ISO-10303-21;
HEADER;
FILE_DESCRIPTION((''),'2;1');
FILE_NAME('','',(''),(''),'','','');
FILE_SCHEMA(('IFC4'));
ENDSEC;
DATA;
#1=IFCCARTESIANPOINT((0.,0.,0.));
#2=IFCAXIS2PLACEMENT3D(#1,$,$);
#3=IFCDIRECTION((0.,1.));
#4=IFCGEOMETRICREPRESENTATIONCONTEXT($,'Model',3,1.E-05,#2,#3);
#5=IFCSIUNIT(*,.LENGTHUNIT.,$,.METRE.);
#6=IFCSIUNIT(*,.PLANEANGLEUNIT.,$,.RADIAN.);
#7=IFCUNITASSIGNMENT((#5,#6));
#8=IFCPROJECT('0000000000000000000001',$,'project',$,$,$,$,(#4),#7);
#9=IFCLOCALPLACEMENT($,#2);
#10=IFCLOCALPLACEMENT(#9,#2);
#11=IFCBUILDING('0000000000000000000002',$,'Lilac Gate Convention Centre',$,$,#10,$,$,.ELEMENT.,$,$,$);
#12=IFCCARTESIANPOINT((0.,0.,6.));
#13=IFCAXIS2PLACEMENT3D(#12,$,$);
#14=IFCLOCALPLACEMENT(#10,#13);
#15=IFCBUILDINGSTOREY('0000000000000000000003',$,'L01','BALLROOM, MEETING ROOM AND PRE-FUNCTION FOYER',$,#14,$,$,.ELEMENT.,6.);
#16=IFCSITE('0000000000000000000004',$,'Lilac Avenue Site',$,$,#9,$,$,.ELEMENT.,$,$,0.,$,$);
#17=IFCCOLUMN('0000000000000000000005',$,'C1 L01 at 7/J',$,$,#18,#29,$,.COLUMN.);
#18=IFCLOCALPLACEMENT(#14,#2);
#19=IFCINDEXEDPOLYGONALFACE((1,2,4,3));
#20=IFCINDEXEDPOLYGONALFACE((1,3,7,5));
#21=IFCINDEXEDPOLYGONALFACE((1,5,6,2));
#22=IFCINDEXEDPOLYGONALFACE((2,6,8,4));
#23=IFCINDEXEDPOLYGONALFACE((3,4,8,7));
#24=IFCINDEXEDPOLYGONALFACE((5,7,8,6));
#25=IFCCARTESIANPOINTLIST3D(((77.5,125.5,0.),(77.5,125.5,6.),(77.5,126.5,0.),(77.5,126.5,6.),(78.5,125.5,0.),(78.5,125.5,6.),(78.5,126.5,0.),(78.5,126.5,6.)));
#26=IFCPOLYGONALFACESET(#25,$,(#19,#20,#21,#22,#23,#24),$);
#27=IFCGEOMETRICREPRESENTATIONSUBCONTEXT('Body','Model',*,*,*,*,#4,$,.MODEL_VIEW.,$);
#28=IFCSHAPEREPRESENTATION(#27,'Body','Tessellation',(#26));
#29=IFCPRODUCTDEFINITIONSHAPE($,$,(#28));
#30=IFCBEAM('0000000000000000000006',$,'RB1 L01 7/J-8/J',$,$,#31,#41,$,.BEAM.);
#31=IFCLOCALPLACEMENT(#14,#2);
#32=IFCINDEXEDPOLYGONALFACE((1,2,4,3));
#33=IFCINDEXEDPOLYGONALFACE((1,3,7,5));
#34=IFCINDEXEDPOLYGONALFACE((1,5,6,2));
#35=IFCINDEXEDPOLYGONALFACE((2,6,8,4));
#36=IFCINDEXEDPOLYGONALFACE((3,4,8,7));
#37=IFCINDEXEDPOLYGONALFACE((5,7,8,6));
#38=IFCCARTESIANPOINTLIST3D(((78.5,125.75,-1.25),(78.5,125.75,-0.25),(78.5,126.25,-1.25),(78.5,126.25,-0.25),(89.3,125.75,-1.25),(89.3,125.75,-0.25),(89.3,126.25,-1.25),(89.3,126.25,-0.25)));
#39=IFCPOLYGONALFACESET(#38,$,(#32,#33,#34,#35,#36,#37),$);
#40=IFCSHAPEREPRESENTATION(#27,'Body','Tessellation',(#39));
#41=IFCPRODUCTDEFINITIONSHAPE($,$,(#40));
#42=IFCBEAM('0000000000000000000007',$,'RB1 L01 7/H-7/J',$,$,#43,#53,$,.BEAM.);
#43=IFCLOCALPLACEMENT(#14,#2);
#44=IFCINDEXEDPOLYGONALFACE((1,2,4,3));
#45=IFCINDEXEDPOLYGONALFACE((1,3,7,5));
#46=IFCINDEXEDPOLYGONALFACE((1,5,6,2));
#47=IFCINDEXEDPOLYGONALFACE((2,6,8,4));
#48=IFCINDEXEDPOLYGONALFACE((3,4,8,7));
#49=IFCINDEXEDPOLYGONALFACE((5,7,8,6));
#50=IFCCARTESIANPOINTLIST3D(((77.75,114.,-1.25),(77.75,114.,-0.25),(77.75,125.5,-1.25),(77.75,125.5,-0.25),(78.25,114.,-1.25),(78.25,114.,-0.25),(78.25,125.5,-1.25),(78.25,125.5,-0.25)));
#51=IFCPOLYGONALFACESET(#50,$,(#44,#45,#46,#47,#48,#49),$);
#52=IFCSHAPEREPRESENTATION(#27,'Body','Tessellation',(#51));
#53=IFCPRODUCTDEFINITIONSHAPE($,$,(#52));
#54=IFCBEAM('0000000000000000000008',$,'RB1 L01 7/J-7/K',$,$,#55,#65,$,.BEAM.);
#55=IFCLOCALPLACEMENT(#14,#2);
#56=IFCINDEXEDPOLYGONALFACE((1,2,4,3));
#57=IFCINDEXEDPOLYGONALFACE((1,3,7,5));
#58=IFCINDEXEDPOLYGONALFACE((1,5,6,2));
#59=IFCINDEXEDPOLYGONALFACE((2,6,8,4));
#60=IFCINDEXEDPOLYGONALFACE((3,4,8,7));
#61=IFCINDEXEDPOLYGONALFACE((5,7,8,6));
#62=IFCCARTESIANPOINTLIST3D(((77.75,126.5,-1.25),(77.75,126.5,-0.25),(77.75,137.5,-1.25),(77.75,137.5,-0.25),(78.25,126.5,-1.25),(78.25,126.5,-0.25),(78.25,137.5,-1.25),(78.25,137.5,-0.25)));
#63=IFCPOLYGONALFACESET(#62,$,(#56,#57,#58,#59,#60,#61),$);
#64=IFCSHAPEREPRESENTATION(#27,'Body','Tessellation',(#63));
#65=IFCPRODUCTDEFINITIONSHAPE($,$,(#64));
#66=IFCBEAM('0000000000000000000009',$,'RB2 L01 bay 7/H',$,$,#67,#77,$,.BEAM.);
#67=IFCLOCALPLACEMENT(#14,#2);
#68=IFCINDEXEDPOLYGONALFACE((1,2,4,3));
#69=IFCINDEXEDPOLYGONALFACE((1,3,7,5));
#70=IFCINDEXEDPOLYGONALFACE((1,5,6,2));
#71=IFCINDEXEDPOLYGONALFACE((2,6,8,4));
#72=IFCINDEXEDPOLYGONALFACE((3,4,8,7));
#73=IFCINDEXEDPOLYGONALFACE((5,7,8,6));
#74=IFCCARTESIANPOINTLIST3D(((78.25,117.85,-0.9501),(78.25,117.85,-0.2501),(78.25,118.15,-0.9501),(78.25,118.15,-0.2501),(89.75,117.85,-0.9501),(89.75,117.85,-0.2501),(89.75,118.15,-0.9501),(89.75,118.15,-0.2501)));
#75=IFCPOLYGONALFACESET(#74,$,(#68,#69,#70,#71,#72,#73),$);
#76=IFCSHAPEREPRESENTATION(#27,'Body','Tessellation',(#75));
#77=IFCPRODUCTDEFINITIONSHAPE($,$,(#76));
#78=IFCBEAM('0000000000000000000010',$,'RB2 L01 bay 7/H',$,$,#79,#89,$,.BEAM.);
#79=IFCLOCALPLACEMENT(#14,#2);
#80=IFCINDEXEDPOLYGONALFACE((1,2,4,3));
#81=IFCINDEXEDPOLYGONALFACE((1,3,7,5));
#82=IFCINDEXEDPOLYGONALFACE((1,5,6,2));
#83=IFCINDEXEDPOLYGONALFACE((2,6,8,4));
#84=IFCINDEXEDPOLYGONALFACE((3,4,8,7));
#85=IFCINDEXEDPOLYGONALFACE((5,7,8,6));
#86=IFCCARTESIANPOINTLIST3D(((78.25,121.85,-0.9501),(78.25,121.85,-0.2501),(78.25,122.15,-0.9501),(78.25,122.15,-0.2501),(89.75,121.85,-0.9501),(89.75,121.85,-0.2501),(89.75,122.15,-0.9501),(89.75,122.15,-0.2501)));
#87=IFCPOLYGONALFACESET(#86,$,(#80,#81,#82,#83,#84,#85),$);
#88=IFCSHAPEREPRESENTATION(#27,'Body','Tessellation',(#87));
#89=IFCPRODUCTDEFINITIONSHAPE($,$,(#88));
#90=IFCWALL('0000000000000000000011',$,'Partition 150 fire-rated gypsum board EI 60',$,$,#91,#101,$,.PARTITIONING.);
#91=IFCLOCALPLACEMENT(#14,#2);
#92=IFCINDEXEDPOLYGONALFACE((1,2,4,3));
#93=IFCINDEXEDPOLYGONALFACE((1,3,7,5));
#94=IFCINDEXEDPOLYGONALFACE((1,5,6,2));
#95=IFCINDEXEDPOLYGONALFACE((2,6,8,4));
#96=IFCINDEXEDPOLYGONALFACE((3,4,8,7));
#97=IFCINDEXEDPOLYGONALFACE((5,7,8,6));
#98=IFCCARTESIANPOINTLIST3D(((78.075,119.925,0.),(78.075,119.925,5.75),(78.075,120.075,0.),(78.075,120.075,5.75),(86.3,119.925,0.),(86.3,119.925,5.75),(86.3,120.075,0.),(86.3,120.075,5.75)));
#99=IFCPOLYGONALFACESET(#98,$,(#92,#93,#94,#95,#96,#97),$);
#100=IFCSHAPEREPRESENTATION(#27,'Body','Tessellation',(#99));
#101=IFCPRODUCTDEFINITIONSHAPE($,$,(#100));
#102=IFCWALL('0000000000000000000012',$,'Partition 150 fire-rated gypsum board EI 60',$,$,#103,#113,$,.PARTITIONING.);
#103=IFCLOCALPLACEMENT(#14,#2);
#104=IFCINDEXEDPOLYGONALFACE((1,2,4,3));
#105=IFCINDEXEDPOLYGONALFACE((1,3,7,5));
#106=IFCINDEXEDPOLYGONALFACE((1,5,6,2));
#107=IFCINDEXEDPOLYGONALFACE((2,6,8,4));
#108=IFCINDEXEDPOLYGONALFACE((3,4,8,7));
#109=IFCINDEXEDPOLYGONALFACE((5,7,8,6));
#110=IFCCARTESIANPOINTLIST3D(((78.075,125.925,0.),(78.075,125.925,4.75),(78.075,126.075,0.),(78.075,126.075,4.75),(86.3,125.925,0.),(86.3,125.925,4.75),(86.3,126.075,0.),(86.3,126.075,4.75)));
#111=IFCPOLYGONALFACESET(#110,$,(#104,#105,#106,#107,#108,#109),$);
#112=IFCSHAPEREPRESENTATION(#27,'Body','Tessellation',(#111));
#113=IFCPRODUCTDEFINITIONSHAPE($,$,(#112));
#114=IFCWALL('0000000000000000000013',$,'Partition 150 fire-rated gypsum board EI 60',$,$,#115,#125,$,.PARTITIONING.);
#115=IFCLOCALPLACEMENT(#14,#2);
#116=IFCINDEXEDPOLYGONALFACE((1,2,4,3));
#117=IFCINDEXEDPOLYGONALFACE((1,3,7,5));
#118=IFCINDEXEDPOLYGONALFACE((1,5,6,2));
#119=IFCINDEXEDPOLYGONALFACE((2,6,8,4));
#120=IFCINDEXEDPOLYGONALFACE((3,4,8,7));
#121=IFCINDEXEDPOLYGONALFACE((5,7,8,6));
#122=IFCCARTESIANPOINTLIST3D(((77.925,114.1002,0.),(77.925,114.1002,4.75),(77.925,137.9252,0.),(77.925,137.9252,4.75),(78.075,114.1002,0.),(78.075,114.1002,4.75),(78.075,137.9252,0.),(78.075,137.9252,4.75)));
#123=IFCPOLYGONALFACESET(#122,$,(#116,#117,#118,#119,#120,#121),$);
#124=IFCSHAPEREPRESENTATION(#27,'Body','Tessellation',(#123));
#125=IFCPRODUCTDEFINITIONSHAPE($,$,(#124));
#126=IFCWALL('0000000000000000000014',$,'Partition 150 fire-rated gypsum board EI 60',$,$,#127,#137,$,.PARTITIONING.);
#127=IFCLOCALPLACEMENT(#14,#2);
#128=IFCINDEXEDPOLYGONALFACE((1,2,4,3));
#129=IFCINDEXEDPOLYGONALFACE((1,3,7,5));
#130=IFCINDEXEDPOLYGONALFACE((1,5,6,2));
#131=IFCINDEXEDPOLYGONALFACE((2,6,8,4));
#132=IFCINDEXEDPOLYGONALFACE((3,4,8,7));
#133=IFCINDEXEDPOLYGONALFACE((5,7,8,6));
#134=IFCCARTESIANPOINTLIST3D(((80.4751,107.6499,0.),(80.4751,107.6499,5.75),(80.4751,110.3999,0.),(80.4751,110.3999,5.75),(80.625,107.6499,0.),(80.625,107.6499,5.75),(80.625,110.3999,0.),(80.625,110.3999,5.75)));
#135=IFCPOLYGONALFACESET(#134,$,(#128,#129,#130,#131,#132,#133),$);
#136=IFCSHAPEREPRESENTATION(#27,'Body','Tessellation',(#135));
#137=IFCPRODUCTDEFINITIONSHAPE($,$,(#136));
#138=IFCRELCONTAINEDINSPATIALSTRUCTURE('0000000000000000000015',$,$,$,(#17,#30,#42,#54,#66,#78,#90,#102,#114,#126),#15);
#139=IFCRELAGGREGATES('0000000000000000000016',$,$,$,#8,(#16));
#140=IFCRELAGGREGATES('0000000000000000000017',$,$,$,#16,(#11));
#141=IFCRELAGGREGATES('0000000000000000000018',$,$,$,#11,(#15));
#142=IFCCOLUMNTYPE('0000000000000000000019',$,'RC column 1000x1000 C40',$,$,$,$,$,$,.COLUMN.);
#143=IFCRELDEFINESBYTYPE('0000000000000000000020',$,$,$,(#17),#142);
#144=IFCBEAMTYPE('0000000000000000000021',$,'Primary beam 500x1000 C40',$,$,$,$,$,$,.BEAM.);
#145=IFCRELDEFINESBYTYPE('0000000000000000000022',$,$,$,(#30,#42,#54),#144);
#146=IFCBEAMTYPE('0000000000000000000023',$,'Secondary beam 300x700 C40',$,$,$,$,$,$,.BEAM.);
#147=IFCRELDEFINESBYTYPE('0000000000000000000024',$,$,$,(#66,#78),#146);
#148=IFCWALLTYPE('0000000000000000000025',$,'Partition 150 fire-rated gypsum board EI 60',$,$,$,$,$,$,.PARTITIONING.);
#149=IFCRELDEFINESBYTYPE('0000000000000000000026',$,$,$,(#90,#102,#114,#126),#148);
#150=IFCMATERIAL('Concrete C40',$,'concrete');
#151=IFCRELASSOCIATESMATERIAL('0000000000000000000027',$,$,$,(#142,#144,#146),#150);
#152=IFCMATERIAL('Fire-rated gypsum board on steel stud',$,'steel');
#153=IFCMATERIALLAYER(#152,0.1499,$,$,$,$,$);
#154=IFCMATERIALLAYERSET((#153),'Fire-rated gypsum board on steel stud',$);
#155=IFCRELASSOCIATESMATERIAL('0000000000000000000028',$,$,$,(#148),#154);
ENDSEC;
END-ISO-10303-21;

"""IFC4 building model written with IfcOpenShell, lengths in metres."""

from ifc_helpers import new_model, si_unit, direction, frame, frame_2d, origin, origin_2d, place, context, subcontext, project, spatial, rectangle, extrude, material, layer, layer_set, material_profile, profile_set, type_object, element, save


model = new_model("IFC4")

# Units and contexts
model_context = context("Model", 3, precision=1e-05, world=origin(), true_north=direction((0.0, 1.0)))
body_context = subcontext(model_context, "Body", "Model", "MODEL_VIEW")
ifc_project = project(units=[si_unit("LENGTHUNIT", "METRE"), si_unit("PLANEANGLEUNIT", "RADIAN")], contexts=[model_context])

# Site, building, storey
site_placement = place(None, origin())
site = spatial("IfcSite", under=ifc_project, at=site_placement, Name="Lilac Avenue Site", CompositionType="ELEMENT", RefElevation=0.0)
building_placement = place(site_placement, origin())
building = spatial("IfcBuilding", under=site, at=building_placement, Name="Lilac Gate Convention Centre", CompositionType="ELEMENT")
storey_placement = place(building_placement, frame((0.0, 0.0, 6.0)))
storey = spatial("IfcBuildingStorey", under=building, at=storey_placement, Name="L01", Description="BALLROOM, MEETING ROOM AND PRE-FUNCTION FOYER", CompositionType="ELEMENT", Elevation=6.0)

# Column
ifc_material_1 = material(Name="Concrete C40", Category="concrete")
ifc_material_profile_1 = material_profile(ifc_material_1, rectangle(XDim=1.0, YDim=1.0, at=origin_2d()), Name="RC 1000x1000")
ifc_profile_set_1 = profile_set([ifc_material_profile_1], Name="Concrete C40")
column_type = type_object("IfcColumnType", Name="RC column 1000x1000 C40", PredefinedType="COLUMN", material=ifc_profile_set_1)
column_placement = place(storey_placement, frame((78.0, 126.0, 0.0), z_axis=(0.0, 0.0, 1.0), x_axis=(1.0, 0.0, 0.0)))
element("IfcColumn", 1, at=column_placement, inside=storey, type_object=column_type, Name="C1 L01 at 7/J", PredefinedType="COLUMN", context=body_context, shape_type="SweptSolid", body=[
    extrude(rectangle(XDim=1.0, YDim=1.0, at=origin_2d()), origin(), (0.0, 0.0, 1.0), 6.0),
])

# Beams
ifc_material_profile_2 = material_profile(ifc_material_1, rectangle(XDim=0.5, YDim=1.0, at=origin_2d()), Name="RC 500x1000")
ifc_profile_set_2 = profile_set([ifc_material_profile_2], Name="Concrete C40")
beam_type_1 = type_object("IfcBeamType", Name="Primary beam 500x1000 C40", PredefinedType="BEAM", material=ifc_profile_set_2)
beam_1_placement = place(storey_placement, frame((78.5, 126.0, -0.75), z_axis=(1.0, 0.0, 0.0), x_axis=(0.0, 1.0, 0.0)))
element("IfcBeam", 2, at=beam_1_placement, inside=storey, type_object=beam_type_1, Name="RB1 L01 7/J-8/J", PredefinedType="BEAM", context=body_context, shape_type="SweptSolid", body=[
    extrude(rectangle(XDim=0.5, YDim=1.0, at=origin_2d()), origin(), (0.0, 0.0, 1.0), 10.8),
])
beam_2_placement = place(storey_placement, frame((78.0, 114.0, -0.75), z_axis=(0.0, 1.0, 0.0), x_axis=(-1.0, 0.0, 0.0)))
element("IfcBeam", 3, at=beam_2_placement, inside=storey, type_object=beam_type_1, Name="RB1 L01 7/H-7/J", PredefinedType="BEAM", context=body_context, shape_type="SweptSolid", body=[
    extrude(rectangle(XDim=0.5, YDim=1.0, at=origin_2d()), origin(), (0.0, 0.0, 1.0), 11.5),
])
beam_3_placement = place(storey_placement, frame((78.0, 126.5, -0.75), z_axis=(0.0, 1.0, 0.0), x_axis=(-1.0, 0.0, 0.0)))
element("IfcBeam", 4, at=beam_3_placement, inside=storey, type_object=beam_type_1, Name="RB1 L01 7/J-7/K", PredefinedType="BEAM", context=body_context, shape_type="SweptSolid", body=[
    extrude(rectangle(XDim=0.5, YDim=1.0, at=origin_2d()), origin(), (0.0, 0.0, 1.0), 11.0),
])
ifc_material_profile_3 = material_profile(ifc_material_1, rectangle(XDim=0.3, YDim=0.7, at=origin_2d()), Name="RC 300x700")
ifc_profile_set_3 = profile_set([ifc_material_profile_3], Name="Concrete C40")
beam_type_2 = type_object("IfcBeamType", Name="Secondary beam 300x700 C40", PredefinedType="BEAM", material=ifc_profile_set_3)
for number, where, z_axis, x_axis, name in (
    (5, (78.25, 118.0, -0.6001), (1.0, 0.0, 0.0), (0.0, 1.0, 0.0), "RB2 L01 bay 7/H"),
    (6, (78.25, 122.0, -0.6001), (1.0, 0.0, 0.0), (0.0, 1.0, 0.0), "RB2 L01 bay 7/H"),
):
    element("IfcBeam", number, at=place(storey_placement, frame(where, z_axis=z_axis, x_axis=x_axis)), inside=storey, type_object=beam_type_2, Name=name, PredefinedType="BEAM", context=body_context, shape_type="SweptSolid", body=[
        extrude(rectangle(XDim=0.3, YDim=0.7, at=origin_2d()), origin(), (0.0, 0.0, 1.0), 11.5),
    ])

# Walls
ifc_material_2 = material(Name="Fire-rated gypsum board on steel stud", Category="steel")
ifc_layer_1 = layer(ifc_material_2, 0.1499)
ifc_layer_set_1 = layer_set([ifc_layer_1], Name="Fire-rated gypsum board on steel stud")
wall_type_1 = type_object("IfcWallType", Name="Partition 150 fire-rated gypsum board EI 60", PredefinedType="PARTITIONING", material=ifc_layer_set_1)
wall_1_placement = place(storey_placement, frame((78.075, 120.0, 0.0), z_axis=(0.0, 0.0, 1.0), x_axis=(1.0, 0.0, 0.0)))
element("IfcWall", 7, at=wall_1_placement, inside=storey, type_object=wall_type_1, Name="Partition 150 fire-rated gypsum board EI 60", PredefinedType="PARTITIONING", context=body_context, shape_type="SweptSolid", body=[
    extrude(rectangle(XDim=8.2251, YDim=0.1499, at=frame_2d((4.1125, 0.0))), origin(), (0.0, 0.0, 1.0), 5.75),
])
wall_2_placement = place(storey_placement, frame((78.075, 126.0, 0.0), z_axis=(0.0, 0.0, 1.0), x_axis=(1.0, 0.0, 0.0)))
element("IfcWall", 8, at=wall_2_placement, inside=storey, type_object=wall_type_1, Name="Partition 150 fire-rated gypsum board EI 60", PredefinedType="PARTITIONING", context=body_context, shape_type="SweptSolid", body=[
    extrude(rectangle(XDim=8.2251, YDim=0.1499, at=frame_2d((4.1125, 0.0))), origin(), (0.0, 0.0, 1.0), 4.75),
])
wall_3_placement = place(storey_placement, frame((78.0, 114.1001, 0.0), z_axis=(0.0, 0.0, 1.0), x_axis=(0.0, 1.0, 0.0)))
element("IfcWall", 9, at=wall_3_placement, inside=storey, type_object=wall_type_1, Name="Partition 150 fire-rated gypsum board EI 60", PredefinedType="PARTITIONING", context=body_context, shape_type="SweptSolid", body=[
    extrude(rectangle(XDim=23.825, YDim=0.1499, at=frame_2d((11.9126, 0.0))), origin(), (0.0, 0.0, 1.0), 4.75),
])
wall_4_placement = place(storey_placement, frame((80.55, 107.6499, 0.0), z_axis=(0.0, 0.0, 1.0), x_axis=(0.0, 1.0, 0.0)))
element("IfcWall", 10, at=wall_4_placement, inside=storey, type_object=wall_type_1, Name="Partition 150 fire-rated gypsum board EI 60", PredefinedType="PARTITIONING", context=body_context, shape_type="SweptSolid", body=[
    extrude(rectangle(XDim=2.75, YDim=0.1499, at=frame_2d((1.375, 0.0))), origin(), (0.0, 0.0, 1.0), 5.75),
])

save(model, "model.ifc")
